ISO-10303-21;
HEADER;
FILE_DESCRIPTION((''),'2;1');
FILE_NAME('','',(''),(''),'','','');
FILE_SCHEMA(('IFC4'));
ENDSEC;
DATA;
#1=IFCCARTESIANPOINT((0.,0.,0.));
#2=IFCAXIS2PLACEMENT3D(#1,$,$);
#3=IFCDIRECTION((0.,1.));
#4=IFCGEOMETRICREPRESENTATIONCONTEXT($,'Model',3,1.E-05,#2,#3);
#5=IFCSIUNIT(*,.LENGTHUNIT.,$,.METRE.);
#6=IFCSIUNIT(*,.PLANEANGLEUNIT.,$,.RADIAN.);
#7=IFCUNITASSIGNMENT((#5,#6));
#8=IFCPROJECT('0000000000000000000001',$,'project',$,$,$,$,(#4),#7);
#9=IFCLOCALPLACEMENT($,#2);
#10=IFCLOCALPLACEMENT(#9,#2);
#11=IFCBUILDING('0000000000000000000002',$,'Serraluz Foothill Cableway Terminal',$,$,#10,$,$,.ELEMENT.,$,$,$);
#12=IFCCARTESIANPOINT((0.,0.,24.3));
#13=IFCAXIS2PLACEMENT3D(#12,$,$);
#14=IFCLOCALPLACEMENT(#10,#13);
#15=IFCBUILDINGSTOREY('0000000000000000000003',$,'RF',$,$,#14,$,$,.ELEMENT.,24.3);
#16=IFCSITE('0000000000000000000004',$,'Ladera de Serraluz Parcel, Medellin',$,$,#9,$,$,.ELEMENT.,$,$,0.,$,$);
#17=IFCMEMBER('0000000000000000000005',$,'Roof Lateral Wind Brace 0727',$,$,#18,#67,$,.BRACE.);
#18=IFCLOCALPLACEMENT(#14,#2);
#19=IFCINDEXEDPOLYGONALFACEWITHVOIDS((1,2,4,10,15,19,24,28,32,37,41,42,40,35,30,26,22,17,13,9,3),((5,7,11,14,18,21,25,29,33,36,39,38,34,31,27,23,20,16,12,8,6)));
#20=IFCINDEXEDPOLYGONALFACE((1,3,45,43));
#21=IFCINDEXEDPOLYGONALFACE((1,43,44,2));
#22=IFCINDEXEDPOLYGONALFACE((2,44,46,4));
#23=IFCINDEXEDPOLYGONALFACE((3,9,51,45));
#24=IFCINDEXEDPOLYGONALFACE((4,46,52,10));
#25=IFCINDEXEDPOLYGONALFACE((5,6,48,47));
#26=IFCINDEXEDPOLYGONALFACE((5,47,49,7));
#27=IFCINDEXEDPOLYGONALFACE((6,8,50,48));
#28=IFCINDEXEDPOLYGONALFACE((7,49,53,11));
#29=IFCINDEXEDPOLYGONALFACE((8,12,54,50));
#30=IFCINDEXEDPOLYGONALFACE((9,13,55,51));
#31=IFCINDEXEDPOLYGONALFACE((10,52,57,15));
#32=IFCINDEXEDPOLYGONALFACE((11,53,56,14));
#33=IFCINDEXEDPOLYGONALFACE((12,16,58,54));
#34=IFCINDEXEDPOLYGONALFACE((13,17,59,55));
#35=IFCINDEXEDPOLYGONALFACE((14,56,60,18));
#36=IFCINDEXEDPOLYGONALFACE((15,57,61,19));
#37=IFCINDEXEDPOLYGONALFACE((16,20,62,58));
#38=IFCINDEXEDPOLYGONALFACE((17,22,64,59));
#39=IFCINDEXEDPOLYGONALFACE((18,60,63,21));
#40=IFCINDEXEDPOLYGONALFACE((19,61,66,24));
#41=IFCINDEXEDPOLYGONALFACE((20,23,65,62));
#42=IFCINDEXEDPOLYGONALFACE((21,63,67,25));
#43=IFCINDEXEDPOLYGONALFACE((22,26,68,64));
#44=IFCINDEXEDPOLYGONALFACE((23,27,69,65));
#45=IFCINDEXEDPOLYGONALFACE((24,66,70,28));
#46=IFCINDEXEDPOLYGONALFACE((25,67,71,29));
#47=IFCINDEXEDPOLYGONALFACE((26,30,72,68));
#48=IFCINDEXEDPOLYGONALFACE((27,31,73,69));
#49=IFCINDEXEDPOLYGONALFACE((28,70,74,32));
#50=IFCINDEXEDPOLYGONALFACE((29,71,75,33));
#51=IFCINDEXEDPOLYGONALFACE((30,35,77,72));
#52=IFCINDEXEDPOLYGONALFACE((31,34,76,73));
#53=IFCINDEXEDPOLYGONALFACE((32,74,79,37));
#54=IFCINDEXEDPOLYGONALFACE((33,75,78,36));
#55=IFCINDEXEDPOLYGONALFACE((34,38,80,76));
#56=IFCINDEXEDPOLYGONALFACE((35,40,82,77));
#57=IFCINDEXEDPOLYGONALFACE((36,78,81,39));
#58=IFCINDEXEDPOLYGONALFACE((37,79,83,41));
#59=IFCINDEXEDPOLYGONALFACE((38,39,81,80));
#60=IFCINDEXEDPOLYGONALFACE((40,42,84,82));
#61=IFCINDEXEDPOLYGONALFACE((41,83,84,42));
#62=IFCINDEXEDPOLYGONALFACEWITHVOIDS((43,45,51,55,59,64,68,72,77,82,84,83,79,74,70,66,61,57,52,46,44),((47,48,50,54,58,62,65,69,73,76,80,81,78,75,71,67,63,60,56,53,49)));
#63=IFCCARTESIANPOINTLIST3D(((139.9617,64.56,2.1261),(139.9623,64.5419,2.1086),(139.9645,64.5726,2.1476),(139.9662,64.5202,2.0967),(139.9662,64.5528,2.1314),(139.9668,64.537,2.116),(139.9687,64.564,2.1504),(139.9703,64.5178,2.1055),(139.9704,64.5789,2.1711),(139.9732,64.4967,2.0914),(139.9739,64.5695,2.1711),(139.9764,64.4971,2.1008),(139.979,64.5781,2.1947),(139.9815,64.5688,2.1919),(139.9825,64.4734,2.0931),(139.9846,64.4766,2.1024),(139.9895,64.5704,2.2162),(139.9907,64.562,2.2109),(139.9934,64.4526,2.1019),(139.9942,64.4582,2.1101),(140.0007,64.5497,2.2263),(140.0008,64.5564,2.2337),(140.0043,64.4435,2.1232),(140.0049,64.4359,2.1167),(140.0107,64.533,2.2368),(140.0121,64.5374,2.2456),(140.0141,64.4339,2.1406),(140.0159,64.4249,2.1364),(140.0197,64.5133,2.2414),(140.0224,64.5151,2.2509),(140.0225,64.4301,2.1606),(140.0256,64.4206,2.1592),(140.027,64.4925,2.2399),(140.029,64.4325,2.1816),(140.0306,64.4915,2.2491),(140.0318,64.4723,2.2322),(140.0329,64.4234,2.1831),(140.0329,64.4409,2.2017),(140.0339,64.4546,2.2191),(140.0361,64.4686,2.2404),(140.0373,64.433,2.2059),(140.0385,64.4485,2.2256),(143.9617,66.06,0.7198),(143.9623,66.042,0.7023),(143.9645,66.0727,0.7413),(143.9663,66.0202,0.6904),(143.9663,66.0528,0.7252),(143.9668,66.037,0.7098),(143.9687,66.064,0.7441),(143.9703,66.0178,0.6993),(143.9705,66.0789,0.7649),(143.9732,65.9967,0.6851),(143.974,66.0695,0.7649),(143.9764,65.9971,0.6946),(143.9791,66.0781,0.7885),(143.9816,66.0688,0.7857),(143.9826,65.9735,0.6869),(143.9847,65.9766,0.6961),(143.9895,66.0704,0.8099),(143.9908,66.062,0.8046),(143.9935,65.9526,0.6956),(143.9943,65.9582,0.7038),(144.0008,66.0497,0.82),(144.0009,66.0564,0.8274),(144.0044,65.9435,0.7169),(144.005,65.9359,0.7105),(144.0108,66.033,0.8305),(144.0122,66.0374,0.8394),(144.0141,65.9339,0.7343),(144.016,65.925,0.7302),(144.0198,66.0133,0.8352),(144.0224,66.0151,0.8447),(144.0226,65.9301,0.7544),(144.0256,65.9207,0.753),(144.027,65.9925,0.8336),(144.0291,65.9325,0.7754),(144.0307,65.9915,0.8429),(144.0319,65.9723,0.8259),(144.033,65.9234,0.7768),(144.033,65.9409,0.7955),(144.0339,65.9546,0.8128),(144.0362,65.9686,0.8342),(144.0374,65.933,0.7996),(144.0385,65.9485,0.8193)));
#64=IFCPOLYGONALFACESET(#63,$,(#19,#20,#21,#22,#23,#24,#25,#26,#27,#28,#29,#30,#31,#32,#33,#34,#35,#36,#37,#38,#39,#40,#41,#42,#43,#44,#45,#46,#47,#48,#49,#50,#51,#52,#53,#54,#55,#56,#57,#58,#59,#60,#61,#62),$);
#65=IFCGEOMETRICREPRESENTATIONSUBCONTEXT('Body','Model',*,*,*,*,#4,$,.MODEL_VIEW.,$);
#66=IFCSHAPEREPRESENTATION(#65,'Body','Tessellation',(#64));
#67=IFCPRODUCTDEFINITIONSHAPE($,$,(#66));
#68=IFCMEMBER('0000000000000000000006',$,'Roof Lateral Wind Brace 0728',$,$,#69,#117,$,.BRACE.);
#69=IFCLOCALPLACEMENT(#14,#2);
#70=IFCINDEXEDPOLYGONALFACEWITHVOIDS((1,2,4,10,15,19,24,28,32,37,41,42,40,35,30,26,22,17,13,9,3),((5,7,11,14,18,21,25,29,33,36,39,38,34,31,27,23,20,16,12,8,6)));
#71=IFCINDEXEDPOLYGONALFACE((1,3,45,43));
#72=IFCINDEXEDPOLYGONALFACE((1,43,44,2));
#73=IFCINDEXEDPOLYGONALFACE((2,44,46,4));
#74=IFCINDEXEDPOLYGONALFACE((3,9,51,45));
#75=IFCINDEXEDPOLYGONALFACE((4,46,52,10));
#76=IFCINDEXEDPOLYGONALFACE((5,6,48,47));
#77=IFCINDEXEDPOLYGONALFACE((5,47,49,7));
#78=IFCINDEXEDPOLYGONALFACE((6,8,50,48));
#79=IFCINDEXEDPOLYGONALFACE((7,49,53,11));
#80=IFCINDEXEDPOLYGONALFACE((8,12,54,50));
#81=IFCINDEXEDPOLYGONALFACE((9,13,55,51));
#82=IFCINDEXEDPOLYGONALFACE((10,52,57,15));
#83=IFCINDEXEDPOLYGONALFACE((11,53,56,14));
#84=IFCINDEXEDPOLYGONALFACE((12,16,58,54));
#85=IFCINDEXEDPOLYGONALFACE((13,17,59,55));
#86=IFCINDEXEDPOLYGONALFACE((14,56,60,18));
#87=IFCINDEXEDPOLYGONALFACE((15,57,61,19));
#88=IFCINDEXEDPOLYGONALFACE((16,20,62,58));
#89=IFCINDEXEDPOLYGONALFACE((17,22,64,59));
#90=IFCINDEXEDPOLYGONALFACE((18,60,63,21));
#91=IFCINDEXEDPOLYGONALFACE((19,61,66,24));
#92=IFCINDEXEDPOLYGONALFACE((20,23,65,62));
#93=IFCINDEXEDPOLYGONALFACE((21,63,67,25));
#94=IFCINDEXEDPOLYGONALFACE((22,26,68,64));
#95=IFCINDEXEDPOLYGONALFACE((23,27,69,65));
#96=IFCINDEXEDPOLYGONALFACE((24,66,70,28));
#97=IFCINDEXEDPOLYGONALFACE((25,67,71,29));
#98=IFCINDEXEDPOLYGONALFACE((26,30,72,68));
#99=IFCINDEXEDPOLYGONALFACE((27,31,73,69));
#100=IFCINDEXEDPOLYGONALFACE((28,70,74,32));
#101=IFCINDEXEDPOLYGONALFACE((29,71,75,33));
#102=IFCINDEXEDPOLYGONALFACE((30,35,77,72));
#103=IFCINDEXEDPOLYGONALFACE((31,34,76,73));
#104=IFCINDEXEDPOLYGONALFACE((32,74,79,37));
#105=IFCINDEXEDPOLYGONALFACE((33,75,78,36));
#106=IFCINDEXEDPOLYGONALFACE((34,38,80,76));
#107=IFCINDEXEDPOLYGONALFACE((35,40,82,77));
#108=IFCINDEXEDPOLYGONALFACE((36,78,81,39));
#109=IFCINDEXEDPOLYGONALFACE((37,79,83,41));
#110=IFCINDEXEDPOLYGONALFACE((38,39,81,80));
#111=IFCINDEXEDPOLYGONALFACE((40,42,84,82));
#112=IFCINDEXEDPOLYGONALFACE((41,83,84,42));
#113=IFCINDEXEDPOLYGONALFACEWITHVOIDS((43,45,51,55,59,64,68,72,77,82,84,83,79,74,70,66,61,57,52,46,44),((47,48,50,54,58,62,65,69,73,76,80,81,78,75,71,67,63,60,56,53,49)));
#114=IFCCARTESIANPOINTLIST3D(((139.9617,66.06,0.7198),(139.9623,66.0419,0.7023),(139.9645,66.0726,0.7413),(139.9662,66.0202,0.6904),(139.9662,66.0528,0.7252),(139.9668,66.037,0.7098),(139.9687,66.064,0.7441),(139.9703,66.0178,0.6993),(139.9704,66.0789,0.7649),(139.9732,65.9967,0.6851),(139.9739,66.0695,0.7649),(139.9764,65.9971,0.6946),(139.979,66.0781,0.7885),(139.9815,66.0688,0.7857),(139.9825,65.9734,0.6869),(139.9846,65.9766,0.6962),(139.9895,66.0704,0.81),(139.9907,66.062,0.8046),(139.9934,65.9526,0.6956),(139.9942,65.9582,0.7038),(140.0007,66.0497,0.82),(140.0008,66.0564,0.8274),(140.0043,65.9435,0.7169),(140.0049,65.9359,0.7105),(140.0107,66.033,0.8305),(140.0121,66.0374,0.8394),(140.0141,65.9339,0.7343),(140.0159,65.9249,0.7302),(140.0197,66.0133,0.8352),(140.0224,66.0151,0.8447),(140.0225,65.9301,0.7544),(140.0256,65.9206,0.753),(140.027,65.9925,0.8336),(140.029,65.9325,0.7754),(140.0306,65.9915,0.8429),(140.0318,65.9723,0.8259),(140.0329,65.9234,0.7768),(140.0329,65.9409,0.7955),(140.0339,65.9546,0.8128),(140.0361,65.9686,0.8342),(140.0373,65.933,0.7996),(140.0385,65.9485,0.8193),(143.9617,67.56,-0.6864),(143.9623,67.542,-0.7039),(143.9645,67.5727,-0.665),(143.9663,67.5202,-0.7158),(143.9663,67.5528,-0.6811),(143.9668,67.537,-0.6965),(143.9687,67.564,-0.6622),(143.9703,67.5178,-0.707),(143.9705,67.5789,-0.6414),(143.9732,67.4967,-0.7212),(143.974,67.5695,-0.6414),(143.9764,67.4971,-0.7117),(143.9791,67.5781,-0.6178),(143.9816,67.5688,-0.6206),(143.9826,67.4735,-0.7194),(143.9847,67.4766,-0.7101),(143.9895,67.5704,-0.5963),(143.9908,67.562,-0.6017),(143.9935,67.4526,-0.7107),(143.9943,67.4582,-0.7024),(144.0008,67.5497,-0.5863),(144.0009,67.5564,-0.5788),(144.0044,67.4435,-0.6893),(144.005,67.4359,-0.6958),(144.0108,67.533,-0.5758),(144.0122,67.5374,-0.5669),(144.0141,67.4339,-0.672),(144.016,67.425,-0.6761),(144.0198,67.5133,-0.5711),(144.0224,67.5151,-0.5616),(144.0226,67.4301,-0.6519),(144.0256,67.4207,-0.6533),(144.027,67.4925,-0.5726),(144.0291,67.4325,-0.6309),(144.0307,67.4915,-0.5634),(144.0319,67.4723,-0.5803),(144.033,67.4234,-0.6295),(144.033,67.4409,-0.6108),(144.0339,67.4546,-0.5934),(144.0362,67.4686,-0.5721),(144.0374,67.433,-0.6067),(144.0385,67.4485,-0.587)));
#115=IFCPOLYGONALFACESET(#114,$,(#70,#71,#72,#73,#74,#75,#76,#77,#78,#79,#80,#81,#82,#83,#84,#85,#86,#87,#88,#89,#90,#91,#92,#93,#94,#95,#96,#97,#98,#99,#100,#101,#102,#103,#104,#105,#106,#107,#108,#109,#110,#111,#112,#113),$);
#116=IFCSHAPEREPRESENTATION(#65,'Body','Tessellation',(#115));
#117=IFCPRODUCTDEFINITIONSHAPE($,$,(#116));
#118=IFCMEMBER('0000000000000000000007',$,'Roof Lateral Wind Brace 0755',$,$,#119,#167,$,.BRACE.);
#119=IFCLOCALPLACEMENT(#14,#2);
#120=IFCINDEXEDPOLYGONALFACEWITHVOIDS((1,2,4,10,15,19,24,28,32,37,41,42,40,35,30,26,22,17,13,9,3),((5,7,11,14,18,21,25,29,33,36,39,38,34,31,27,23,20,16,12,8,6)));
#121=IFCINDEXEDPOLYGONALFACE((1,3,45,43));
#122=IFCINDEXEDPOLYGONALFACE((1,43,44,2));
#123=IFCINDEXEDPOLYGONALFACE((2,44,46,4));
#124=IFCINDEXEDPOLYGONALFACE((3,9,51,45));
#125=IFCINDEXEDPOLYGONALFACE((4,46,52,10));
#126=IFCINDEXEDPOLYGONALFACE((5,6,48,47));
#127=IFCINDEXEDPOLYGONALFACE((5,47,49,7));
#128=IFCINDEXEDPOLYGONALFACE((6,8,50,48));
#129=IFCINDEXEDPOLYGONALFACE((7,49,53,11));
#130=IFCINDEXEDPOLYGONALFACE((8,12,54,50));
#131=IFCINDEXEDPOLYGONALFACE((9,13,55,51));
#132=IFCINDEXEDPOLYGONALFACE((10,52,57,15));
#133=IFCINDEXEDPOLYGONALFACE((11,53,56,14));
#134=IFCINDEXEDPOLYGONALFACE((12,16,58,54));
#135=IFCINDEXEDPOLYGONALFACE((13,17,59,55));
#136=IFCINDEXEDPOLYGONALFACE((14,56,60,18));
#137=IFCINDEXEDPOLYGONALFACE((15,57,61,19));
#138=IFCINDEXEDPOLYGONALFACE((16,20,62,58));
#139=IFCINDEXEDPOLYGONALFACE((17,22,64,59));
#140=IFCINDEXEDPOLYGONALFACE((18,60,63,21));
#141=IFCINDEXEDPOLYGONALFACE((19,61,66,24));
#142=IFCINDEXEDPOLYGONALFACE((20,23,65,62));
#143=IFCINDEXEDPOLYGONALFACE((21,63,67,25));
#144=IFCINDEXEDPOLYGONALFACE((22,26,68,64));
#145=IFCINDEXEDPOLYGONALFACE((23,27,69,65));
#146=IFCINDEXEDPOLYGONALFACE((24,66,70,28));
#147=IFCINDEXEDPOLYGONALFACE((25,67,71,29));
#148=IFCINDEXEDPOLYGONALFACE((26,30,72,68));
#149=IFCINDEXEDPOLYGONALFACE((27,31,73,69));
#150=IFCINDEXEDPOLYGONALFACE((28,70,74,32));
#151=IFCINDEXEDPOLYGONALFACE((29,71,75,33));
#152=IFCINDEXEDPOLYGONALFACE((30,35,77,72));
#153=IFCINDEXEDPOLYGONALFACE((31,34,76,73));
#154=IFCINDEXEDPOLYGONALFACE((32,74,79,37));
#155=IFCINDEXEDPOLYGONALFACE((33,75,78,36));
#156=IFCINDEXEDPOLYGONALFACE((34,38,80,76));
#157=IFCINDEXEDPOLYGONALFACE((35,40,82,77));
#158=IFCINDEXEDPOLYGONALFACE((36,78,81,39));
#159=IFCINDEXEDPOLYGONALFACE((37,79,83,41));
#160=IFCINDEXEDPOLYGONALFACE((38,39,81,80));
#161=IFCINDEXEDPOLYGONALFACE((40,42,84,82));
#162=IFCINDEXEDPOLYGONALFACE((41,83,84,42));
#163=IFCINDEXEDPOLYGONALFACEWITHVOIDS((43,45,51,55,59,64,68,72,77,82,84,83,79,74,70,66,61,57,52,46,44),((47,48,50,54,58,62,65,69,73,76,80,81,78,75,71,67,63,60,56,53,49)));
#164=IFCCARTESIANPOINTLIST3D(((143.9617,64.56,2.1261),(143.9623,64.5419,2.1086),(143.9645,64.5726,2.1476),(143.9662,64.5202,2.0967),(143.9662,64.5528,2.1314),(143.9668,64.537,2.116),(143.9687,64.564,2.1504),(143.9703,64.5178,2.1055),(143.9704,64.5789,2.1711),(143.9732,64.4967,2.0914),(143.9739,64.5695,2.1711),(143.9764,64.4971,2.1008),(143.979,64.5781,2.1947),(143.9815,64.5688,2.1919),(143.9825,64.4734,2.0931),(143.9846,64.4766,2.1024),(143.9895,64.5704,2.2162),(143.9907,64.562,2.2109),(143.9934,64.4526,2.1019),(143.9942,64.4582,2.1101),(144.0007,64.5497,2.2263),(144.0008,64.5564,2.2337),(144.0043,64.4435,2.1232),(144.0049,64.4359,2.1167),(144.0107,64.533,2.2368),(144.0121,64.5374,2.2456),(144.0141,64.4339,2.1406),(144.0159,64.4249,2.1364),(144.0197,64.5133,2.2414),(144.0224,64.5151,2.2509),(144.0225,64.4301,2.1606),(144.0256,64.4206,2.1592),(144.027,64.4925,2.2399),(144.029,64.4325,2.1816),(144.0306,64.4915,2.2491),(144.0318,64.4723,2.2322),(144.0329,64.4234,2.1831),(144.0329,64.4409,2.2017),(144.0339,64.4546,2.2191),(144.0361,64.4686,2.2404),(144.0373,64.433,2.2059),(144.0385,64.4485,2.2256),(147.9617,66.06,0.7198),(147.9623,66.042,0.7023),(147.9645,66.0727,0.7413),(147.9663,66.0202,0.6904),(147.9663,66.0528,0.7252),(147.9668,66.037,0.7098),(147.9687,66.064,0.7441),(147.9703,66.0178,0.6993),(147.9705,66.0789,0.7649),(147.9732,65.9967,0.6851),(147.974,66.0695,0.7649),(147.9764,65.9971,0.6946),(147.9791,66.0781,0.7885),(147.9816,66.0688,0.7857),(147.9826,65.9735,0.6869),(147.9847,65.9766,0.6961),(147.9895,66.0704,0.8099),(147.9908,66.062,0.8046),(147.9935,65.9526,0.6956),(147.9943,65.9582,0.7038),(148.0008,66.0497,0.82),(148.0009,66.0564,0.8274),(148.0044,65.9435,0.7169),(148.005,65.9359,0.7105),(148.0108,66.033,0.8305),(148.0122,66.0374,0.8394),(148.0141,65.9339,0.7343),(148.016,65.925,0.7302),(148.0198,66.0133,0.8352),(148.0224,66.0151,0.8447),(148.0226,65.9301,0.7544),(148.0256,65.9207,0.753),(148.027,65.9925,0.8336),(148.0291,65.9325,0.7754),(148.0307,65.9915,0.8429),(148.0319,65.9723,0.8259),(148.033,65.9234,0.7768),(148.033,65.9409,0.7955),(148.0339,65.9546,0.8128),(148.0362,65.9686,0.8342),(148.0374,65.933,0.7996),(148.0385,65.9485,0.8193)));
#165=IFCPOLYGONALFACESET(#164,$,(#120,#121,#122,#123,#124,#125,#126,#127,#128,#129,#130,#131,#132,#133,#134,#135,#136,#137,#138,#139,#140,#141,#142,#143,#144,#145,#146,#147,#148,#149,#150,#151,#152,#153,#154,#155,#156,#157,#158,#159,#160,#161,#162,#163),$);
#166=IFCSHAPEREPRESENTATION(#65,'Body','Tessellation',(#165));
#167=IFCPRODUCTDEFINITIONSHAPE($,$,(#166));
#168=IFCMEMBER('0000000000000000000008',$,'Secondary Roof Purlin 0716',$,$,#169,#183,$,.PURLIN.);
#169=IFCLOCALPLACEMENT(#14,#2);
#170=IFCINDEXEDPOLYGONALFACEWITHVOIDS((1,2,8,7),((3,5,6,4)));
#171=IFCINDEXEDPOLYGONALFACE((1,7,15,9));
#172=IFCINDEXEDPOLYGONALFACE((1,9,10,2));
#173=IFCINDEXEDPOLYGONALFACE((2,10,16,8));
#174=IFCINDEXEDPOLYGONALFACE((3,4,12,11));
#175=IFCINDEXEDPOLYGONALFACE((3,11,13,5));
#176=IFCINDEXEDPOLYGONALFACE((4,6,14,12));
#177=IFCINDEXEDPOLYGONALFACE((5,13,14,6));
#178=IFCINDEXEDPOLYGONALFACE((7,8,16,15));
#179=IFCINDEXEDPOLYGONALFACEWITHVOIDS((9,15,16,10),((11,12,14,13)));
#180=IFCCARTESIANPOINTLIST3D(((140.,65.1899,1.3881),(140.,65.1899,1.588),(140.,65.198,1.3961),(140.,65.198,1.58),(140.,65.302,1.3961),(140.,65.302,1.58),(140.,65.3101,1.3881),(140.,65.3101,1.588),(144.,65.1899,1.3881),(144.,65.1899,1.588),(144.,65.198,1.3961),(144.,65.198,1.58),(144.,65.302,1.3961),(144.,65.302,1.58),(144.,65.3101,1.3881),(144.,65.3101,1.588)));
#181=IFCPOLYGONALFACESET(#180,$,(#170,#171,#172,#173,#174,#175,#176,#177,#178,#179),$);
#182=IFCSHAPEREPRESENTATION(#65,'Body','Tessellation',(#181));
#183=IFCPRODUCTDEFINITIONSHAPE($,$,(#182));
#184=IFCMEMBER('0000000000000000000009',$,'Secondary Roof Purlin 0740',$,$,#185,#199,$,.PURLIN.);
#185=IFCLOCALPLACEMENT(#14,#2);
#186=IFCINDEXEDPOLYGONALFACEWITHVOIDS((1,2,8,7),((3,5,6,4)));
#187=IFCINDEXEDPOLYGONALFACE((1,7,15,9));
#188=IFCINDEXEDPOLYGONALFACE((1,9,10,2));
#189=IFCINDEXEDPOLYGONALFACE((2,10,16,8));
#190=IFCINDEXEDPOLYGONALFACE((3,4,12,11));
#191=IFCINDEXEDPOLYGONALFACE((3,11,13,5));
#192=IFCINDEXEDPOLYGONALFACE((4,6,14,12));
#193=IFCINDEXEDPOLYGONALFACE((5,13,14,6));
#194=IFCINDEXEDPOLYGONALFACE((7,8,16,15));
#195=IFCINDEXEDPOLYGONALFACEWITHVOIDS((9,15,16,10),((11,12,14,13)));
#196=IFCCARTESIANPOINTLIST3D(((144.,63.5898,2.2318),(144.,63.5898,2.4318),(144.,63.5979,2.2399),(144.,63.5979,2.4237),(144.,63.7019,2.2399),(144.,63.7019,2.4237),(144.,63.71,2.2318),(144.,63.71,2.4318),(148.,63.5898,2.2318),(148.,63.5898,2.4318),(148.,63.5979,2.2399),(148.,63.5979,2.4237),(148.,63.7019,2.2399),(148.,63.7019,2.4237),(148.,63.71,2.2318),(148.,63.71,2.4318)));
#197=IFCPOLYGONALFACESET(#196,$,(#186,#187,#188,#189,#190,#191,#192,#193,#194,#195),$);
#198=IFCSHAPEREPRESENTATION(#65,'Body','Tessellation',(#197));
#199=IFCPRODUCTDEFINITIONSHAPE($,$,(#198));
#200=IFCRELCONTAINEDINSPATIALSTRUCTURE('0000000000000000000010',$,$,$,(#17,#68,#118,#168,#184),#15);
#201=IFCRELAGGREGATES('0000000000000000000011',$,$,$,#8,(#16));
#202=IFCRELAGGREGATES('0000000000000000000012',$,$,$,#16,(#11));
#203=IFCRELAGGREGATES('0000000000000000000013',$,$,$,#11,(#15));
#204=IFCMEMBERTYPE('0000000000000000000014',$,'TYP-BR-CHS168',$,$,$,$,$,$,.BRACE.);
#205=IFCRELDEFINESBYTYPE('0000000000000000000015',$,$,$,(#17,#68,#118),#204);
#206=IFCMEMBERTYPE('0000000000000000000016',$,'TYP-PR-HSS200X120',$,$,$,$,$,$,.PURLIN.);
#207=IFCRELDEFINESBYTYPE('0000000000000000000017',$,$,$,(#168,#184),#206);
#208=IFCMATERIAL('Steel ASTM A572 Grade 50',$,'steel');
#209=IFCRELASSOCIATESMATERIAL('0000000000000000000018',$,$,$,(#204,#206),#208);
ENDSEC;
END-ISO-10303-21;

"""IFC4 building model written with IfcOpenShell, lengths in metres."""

from ifc_helpers import new_model, si_unit, direction, frame, origin, origin_2d, place, context, subcontext, project, spatial, hollow_rectangle, hollow_circle, extrude, material, material_profile, profile_set, type_object, element, save


model = new_model("IFC4")

# Units and contexts
model_context = context("Model", 3, precision=1e-05, world=origin(), true_north=direction((0.0, 1.0)))
body_context = subcontext(model_context, "Body", "Model", "MODEL_VIEW")
ifc_project = project(units=[si_unit("LENGTHUNIT", "METRE"), si_unit("PLANEANGLEUNIT", "RADIAN")], contexts=[model_context])

# Site, building, storey
site_placement = place(None, origin())
site = spatial("IfcSite", under=ifc_project, at=site_placement, Name="Ladera de Serraluz Parcel, Medellin", CompositionType="ELEMENT", RefElevation=0.0)
building_placement = place(site_placement, origin())
building = spatial("IfcBuilding", under=site, at=building_placement, Name="Serraluz Foothill Cableway Terminal", CompositionType="ELEMENT")
storey_placement = place(building_placement, frame((0.0, 0.0, 24.3)))
storey = spatial("IfcBuildingStorey", under=building, at=storey_placement, Name="RF", CompositionType="ELEMENT", Elevation=24.3)

# Members
ifc_material_1 = material(Name="Steel ASTM A572 Grade 50", Category="steel")
ifc_material_profile_1 = material_profile(ifc_material_1, hollow_circle(Radius=0.0842, WallThickness=0.01, at=origin_2d()), Name="CHS168X10")
ifc_profile_set_1 = profile_set([ifc_material_profile_1], Name="Steel ASTM A572 Grade 50")
member_type_1 = type_object("IfcMemberType", Name="TYP-BR-CHS168", PredefinedType="BRACE", material=ifc_profile_set_1)
for number, where, z_axis, x_axis, name in (
    (1, (140.0, 64.5, 2.1711), (0.889382, 0.333518, -0.312673), (-0.351123, 0.936329, 0.0), "Roof Lateral Wind Brace 0727"),
    (2, (140.0, 66.0, 0.7649), (0.889382, 0.333518, -0.312673), (-0.351123, 0.936329, 0.0), "Roof Lateral Wind Brace 0728"),
    (3, (144.0, 64.5, 2.1711), (0.889382, 0.333518, -0.312673), (-0.351123, 0.936329, 0.0), "Roof Lateral Wind Brace 0755"),
):
    element("IfcMember", number, at=place(storey_placement, frame(where, z_axis=z_axis, x_axis=x_axis)), inside=storey, type_object=member_type_1, Name=name, PredefinedType="BRACE", context=body_context, shape_type="SweptSolid", body=[
        extrude(hollow_circle(Radius=0.0842, WallThickness=0.01, at=origin_2d()), origin(), (0.0, 0.0, 1.0), 4.4976),
    ])
ifc_material_profile_2 = material_profile(ifc_material_1, hollow_rectangle(XDim=0.1201, YDim=0.2, WallThickness=0.0081, at=origin_2d()), Name="HSS200X120X8")
ifc_profile_set_2 = profile_set([ifc_material_profile_2], Name="Steel ASTM A572 Grade 50")
member_type_2 = type_object("IfcMemberType", Name="TYP-PR-HSS200X120", PredefinedType="PURLIN", material=ifc_profile_set_2)
for number, where, z_axis, x_axis, name in (
    (4, (140.0, 65.25, 1.488), (1.0, 0.0, 0.0), (0.0, 1.0, 0.0), "Secondary Roof Purlin 0716"),
    (5, (144.0, 63.6499, 2.3318), (1.0, 0.0, 0.0), (0.0, 1.0, 0.0), "Secondary Roof Purlin 0740"),
):
    element("IfcMember", number, at=place(storey_placement, frame(where, z_axis=z_axis, x_axis=x_axis)), inside=storey, type_object=member_type_2, Name=name, PredefinedType="PURLIN", context=body_context, shape_type="SweptSolid", body=[
        extrude(hollow_rectangle(XDim=0.1201, YDim=0.2, WallThickness=0.0081, at=origin_2d()), origin(), (0.0, 0.0, 1.0), 4.0),
    ])

save(model, "model.ifc")
